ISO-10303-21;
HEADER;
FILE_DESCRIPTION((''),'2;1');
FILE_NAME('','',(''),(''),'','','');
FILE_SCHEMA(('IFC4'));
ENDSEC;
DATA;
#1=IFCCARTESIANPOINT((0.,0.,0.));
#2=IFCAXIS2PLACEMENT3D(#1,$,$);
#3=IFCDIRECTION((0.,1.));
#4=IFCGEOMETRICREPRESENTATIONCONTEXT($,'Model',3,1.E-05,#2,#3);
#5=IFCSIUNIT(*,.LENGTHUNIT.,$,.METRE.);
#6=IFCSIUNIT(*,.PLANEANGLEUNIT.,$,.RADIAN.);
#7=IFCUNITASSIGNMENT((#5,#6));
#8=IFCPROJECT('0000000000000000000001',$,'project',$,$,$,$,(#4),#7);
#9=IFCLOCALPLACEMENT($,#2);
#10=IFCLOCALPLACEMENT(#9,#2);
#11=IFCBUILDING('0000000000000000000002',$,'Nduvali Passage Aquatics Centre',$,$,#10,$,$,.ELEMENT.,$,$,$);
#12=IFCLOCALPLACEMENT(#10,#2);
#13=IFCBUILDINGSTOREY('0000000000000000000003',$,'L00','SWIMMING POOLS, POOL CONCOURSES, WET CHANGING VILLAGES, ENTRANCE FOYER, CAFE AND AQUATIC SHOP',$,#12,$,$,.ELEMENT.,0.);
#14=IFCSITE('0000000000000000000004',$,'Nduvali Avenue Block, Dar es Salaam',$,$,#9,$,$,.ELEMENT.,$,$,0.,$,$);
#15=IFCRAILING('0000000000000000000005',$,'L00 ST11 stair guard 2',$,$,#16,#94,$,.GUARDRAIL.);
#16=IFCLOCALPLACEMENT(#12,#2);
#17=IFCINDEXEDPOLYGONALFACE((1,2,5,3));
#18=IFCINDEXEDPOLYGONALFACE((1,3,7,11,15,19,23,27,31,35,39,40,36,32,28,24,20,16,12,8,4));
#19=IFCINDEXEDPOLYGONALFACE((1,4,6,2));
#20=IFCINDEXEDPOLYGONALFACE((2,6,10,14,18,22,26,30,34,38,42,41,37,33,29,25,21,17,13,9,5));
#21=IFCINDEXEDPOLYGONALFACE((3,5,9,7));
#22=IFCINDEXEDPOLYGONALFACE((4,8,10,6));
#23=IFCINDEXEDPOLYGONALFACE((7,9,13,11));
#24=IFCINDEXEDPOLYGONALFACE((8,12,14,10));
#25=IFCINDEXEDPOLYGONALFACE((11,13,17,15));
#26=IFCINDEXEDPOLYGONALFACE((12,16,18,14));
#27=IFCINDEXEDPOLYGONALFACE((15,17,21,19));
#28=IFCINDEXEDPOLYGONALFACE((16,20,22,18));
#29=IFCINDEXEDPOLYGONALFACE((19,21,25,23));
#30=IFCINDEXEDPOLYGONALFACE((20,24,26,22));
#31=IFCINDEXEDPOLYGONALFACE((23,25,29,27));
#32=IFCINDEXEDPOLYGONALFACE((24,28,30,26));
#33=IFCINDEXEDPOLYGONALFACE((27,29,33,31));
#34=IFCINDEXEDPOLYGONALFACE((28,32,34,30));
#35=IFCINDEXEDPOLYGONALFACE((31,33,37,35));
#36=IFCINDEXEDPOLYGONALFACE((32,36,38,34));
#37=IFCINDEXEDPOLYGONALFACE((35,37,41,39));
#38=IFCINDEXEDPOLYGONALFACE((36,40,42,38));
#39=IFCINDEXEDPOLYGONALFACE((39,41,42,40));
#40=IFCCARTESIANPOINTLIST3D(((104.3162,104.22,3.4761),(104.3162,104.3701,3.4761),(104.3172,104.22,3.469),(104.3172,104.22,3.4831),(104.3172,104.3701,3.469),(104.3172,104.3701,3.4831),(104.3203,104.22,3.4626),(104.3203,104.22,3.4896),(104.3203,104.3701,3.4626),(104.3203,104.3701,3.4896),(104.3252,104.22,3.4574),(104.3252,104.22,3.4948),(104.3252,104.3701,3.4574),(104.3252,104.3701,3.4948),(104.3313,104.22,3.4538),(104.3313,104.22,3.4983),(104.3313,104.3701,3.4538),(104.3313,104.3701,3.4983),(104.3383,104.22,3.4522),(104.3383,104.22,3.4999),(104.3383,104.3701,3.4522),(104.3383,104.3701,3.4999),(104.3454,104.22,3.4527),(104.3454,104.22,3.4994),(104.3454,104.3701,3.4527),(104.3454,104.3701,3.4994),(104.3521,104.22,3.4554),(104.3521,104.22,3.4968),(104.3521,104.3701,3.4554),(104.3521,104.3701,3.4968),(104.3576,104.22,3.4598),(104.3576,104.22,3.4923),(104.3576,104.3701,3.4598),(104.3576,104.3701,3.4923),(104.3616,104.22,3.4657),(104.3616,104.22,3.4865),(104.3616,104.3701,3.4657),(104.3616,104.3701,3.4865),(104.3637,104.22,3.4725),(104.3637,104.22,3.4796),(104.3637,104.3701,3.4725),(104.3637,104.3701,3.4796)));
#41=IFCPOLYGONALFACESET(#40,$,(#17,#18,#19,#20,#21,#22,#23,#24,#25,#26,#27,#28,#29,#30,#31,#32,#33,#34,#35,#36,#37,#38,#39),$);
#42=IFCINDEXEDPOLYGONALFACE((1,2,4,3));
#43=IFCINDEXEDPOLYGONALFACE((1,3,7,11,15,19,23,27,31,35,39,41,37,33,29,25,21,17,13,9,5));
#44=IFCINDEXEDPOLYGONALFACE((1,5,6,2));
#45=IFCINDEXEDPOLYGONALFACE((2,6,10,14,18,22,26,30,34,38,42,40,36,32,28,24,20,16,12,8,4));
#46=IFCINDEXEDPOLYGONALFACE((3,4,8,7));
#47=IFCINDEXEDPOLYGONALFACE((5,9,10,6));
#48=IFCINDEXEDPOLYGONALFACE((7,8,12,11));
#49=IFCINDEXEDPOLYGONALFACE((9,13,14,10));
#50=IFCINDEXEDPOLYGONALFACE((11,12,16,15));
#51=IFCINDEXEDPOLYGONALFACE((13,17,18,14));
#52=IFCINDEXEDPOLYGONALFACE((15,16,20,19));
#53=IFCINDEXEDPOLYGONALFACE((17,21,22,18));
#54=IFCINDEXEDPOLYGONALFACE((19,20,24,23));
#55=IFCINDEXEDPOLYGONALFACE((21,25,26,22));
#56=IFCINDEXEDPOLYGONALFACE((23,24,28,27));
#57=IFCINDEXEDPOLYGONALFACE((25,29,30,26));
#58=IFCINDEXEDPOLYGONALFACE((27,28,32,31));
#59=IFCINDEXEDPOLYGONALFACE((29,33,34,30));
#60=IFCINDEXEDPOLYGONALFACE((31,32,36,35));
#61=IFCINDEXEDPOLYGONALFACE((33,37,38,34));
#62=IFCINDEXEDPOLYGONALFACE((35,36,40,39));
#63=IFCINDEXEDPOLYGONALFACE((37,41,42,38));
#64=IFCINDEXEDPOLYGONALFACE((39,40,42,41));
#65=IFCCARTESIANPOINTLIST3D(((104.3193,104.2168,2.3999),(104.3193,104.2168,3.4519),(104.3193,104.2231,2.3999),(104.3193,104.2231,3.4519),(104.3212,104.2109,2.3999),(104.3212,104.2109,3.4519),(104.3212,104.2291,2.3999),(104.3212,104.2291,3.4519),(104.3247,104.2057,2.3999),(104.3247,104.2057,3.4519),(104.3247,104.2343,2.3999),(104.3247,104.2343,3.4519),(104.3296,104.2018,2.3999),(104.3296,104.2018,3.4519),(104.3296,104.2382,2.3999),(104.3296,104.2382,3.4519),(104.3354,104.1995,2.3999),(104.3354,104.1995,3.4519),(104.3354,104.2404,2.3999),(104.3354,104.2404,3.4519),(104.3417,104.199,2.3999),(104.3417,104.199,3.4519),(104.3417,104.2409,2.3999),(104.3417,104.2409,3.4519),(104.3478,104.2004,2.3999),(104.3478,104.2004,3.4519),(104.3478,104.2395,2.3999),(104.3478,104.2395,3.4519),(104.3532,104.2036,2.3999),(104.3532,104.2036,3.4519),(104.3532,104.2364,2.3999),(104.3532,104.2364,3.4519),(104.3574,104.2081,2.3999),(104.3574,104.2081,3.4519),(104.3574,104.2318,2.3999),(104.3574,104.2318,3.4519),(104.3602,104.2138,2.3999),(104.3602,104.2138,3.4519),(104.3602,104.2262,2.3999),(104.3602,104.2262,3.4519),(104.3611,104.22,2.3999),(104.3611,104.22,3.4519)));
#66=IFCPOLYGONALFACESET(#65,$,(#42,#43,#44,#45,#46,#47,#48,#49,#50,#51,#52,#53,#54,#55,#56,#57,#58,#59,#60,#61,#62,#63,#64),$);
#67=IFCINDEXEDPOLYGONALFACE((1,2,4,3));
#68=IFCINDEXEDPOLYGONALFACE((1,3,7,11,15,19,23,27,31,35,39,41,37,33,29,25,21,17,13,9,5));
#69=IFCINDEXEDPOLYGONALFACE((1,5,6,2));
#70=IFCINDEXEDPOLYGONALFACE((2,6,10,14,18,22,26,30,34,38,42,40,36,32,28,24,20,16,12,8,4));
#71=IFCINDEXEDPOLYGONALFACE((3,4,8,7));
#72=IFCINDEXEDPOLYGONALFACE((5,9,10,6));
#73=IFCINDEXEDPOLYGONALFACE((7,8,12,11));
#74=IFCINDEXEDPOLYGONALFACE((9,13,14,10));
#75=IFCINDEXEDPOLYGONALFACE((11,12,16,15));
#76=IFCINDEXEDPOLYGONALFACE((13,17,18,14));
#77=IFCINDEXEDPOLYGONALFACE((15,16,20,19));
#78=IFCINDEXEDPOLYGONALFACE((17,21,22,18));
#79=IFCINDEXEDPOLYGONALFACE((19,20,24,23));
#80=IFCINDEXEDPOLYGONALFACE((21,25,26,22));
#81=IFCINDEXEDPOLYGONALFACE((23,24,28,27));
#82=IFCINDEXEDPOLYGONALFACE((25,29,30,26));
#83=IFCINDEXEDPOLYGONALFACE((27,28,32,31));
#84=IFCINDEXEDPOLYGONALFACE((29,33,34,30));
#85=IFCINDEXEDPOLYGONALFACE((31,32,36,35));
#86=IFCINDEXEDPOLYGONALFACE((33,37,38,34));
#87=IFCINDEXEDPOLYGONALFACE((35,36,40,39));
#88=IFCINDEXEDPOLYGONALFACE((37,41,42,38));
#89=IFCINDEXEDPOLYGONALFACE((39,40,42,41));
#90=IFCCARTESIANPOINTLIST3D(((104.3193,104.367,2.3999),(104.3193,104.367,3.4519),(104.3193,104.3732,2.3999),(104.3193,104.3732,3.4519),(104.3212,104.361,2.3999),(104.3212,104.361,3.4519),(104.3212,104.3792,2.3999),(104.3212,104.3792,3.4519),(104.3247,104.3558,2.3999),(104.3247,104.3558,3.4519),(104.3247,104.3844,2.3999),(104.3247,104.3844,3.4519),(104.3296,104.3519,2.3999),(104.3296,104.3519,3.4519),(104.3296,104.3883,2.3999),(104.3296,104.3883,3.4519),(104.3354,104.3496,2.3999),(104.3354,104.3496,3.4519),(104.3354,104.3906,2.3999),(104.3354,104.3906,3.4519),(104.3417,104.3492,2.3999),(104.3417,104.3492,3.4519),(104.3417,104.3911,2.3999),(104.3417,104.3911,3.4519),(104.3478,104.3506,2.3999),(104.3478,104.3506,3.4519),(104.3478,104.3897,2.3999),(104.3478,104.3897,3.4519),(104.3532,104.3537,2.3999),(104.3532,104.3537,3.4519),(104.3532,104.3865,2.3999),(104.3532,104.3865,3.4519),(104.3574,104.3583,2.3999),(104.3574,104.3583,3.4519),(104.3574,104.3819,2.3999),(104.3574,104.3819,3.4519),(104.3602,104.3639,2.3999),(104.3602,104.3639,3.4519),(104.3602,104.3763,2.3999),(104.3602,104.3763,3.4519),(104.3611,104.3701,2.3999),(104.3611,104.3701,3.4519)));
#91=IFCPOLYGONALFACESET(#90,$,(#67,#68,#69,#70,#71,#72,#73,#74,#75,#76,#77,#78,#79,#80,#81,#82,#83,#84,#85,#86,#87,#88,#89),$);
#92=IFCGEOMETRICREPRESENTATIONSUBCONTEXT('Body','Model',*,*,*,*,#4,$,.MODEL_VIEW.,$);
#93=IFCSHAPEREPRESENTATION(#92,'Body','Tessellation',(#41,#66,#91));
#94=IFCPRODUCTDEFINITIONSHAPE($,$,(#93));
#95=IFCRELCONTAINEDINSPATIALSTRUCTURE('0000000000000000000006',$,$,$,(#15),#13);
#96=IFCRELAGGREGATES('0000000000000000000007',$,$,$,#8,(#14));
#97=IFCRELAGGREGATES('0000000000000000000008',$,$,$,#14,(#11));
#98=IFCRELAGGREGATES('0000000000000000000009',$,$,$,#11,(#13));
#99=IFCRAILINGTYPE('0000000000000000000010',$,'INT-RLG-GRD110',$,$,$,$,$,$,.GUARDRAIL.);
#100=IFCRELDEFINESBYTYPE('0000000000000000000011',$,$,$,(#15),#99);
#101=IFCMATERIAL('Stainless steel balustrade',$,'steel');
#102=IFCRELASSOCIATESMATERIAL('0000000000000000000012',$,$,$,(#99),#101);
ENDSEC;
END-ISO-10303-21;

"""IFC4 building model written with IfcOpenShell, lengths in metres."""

from ifc_helpers import new_model, si_unit, direction, frame, origin, origin_2d, place, context, subcontext, project, spatial, circle, extrude, material, type_object, element, save


model = new_model("IFC4")

# Units and contexts
model_context = context("Model", 3, precision=1e-05, world=origin(), true_north=direction((0.0, 1.0)))
body_context = subcontext(model_context, "Body", "Model", "MODEL_VIEW")
ifc_project = project(units=[si_unit("LENGTHUNIT", "METRE"), si_unit("PLANEANGLEUNIT", "RADIAN")], contexts=[model_context])

# Site, building, storey
site_placement = place(None, origin())
site = spatial("IfcSite", under=ifc_project, at=site_placement, Name="Nduvali Avenue Block, Dar es Salaam", CompositionType="ELEMENT", RefElevation=0.0)
building_placement = place(site_placement, origin())
building = spatial("IfcBuilding", under=site, at=building_placement, Name="Nduvali Passage Aquatics Centre", CompositionType="ELEMENT")
storey_placement = place(building_placement, origin())
storey = spatial("IfcBuildingStorey", under=building, at=storey_placement, Name="L00", Description="SWIMMING POOLS, POOL CONCOURSES, WET CHANGING VILLAGES, ENTRANCE FOYER, CAFE AND AQUATIC SHOP", CompositionType="ELEMENT", Elevation=0.0)

# Railing
ifc_material_1 = material(Name="Stainless steel balustrade", Category="steel")
railing_type_1 = type_object("IfcRailingType", Name="INT-RLG-GRD110", PredefinedType="GUARDRAIL", material=ifc_material_1)
railing_1_placement = place(storey_placement, frame((104.3401, 104.22, 2.3999)))
element("IfcRailing", 1, at=railing_1_placement, inside=storey, type_object=railing_type_1, Name="L00 ST11 stair guard 2", PredefinedType="GUARDRAIL", context=body_context, shape_type="SweptSolid", body=[
    extrude(circle(Radius=0.0239, at=origin_2d()), frame((0.0, 0.0, 1.0762), z_axis=(0.0, 1.0, 0.0), x_axis=(-1.0, 0.0, 0.0)), (0.0, 0.0, 1.0), 0.1501),
    extrude(circle(Radius=0.021, at=origin_2d()), origin(), (0.0, 0.0, 1.0), 1.052),
    extrude(circle(Radius=0.021, at=origin_2d()), frame((0.0, 0.1501, 0.0)), (0.0, 0.0, 1.0), 1.052),
])

save(model, "model.ifc")
